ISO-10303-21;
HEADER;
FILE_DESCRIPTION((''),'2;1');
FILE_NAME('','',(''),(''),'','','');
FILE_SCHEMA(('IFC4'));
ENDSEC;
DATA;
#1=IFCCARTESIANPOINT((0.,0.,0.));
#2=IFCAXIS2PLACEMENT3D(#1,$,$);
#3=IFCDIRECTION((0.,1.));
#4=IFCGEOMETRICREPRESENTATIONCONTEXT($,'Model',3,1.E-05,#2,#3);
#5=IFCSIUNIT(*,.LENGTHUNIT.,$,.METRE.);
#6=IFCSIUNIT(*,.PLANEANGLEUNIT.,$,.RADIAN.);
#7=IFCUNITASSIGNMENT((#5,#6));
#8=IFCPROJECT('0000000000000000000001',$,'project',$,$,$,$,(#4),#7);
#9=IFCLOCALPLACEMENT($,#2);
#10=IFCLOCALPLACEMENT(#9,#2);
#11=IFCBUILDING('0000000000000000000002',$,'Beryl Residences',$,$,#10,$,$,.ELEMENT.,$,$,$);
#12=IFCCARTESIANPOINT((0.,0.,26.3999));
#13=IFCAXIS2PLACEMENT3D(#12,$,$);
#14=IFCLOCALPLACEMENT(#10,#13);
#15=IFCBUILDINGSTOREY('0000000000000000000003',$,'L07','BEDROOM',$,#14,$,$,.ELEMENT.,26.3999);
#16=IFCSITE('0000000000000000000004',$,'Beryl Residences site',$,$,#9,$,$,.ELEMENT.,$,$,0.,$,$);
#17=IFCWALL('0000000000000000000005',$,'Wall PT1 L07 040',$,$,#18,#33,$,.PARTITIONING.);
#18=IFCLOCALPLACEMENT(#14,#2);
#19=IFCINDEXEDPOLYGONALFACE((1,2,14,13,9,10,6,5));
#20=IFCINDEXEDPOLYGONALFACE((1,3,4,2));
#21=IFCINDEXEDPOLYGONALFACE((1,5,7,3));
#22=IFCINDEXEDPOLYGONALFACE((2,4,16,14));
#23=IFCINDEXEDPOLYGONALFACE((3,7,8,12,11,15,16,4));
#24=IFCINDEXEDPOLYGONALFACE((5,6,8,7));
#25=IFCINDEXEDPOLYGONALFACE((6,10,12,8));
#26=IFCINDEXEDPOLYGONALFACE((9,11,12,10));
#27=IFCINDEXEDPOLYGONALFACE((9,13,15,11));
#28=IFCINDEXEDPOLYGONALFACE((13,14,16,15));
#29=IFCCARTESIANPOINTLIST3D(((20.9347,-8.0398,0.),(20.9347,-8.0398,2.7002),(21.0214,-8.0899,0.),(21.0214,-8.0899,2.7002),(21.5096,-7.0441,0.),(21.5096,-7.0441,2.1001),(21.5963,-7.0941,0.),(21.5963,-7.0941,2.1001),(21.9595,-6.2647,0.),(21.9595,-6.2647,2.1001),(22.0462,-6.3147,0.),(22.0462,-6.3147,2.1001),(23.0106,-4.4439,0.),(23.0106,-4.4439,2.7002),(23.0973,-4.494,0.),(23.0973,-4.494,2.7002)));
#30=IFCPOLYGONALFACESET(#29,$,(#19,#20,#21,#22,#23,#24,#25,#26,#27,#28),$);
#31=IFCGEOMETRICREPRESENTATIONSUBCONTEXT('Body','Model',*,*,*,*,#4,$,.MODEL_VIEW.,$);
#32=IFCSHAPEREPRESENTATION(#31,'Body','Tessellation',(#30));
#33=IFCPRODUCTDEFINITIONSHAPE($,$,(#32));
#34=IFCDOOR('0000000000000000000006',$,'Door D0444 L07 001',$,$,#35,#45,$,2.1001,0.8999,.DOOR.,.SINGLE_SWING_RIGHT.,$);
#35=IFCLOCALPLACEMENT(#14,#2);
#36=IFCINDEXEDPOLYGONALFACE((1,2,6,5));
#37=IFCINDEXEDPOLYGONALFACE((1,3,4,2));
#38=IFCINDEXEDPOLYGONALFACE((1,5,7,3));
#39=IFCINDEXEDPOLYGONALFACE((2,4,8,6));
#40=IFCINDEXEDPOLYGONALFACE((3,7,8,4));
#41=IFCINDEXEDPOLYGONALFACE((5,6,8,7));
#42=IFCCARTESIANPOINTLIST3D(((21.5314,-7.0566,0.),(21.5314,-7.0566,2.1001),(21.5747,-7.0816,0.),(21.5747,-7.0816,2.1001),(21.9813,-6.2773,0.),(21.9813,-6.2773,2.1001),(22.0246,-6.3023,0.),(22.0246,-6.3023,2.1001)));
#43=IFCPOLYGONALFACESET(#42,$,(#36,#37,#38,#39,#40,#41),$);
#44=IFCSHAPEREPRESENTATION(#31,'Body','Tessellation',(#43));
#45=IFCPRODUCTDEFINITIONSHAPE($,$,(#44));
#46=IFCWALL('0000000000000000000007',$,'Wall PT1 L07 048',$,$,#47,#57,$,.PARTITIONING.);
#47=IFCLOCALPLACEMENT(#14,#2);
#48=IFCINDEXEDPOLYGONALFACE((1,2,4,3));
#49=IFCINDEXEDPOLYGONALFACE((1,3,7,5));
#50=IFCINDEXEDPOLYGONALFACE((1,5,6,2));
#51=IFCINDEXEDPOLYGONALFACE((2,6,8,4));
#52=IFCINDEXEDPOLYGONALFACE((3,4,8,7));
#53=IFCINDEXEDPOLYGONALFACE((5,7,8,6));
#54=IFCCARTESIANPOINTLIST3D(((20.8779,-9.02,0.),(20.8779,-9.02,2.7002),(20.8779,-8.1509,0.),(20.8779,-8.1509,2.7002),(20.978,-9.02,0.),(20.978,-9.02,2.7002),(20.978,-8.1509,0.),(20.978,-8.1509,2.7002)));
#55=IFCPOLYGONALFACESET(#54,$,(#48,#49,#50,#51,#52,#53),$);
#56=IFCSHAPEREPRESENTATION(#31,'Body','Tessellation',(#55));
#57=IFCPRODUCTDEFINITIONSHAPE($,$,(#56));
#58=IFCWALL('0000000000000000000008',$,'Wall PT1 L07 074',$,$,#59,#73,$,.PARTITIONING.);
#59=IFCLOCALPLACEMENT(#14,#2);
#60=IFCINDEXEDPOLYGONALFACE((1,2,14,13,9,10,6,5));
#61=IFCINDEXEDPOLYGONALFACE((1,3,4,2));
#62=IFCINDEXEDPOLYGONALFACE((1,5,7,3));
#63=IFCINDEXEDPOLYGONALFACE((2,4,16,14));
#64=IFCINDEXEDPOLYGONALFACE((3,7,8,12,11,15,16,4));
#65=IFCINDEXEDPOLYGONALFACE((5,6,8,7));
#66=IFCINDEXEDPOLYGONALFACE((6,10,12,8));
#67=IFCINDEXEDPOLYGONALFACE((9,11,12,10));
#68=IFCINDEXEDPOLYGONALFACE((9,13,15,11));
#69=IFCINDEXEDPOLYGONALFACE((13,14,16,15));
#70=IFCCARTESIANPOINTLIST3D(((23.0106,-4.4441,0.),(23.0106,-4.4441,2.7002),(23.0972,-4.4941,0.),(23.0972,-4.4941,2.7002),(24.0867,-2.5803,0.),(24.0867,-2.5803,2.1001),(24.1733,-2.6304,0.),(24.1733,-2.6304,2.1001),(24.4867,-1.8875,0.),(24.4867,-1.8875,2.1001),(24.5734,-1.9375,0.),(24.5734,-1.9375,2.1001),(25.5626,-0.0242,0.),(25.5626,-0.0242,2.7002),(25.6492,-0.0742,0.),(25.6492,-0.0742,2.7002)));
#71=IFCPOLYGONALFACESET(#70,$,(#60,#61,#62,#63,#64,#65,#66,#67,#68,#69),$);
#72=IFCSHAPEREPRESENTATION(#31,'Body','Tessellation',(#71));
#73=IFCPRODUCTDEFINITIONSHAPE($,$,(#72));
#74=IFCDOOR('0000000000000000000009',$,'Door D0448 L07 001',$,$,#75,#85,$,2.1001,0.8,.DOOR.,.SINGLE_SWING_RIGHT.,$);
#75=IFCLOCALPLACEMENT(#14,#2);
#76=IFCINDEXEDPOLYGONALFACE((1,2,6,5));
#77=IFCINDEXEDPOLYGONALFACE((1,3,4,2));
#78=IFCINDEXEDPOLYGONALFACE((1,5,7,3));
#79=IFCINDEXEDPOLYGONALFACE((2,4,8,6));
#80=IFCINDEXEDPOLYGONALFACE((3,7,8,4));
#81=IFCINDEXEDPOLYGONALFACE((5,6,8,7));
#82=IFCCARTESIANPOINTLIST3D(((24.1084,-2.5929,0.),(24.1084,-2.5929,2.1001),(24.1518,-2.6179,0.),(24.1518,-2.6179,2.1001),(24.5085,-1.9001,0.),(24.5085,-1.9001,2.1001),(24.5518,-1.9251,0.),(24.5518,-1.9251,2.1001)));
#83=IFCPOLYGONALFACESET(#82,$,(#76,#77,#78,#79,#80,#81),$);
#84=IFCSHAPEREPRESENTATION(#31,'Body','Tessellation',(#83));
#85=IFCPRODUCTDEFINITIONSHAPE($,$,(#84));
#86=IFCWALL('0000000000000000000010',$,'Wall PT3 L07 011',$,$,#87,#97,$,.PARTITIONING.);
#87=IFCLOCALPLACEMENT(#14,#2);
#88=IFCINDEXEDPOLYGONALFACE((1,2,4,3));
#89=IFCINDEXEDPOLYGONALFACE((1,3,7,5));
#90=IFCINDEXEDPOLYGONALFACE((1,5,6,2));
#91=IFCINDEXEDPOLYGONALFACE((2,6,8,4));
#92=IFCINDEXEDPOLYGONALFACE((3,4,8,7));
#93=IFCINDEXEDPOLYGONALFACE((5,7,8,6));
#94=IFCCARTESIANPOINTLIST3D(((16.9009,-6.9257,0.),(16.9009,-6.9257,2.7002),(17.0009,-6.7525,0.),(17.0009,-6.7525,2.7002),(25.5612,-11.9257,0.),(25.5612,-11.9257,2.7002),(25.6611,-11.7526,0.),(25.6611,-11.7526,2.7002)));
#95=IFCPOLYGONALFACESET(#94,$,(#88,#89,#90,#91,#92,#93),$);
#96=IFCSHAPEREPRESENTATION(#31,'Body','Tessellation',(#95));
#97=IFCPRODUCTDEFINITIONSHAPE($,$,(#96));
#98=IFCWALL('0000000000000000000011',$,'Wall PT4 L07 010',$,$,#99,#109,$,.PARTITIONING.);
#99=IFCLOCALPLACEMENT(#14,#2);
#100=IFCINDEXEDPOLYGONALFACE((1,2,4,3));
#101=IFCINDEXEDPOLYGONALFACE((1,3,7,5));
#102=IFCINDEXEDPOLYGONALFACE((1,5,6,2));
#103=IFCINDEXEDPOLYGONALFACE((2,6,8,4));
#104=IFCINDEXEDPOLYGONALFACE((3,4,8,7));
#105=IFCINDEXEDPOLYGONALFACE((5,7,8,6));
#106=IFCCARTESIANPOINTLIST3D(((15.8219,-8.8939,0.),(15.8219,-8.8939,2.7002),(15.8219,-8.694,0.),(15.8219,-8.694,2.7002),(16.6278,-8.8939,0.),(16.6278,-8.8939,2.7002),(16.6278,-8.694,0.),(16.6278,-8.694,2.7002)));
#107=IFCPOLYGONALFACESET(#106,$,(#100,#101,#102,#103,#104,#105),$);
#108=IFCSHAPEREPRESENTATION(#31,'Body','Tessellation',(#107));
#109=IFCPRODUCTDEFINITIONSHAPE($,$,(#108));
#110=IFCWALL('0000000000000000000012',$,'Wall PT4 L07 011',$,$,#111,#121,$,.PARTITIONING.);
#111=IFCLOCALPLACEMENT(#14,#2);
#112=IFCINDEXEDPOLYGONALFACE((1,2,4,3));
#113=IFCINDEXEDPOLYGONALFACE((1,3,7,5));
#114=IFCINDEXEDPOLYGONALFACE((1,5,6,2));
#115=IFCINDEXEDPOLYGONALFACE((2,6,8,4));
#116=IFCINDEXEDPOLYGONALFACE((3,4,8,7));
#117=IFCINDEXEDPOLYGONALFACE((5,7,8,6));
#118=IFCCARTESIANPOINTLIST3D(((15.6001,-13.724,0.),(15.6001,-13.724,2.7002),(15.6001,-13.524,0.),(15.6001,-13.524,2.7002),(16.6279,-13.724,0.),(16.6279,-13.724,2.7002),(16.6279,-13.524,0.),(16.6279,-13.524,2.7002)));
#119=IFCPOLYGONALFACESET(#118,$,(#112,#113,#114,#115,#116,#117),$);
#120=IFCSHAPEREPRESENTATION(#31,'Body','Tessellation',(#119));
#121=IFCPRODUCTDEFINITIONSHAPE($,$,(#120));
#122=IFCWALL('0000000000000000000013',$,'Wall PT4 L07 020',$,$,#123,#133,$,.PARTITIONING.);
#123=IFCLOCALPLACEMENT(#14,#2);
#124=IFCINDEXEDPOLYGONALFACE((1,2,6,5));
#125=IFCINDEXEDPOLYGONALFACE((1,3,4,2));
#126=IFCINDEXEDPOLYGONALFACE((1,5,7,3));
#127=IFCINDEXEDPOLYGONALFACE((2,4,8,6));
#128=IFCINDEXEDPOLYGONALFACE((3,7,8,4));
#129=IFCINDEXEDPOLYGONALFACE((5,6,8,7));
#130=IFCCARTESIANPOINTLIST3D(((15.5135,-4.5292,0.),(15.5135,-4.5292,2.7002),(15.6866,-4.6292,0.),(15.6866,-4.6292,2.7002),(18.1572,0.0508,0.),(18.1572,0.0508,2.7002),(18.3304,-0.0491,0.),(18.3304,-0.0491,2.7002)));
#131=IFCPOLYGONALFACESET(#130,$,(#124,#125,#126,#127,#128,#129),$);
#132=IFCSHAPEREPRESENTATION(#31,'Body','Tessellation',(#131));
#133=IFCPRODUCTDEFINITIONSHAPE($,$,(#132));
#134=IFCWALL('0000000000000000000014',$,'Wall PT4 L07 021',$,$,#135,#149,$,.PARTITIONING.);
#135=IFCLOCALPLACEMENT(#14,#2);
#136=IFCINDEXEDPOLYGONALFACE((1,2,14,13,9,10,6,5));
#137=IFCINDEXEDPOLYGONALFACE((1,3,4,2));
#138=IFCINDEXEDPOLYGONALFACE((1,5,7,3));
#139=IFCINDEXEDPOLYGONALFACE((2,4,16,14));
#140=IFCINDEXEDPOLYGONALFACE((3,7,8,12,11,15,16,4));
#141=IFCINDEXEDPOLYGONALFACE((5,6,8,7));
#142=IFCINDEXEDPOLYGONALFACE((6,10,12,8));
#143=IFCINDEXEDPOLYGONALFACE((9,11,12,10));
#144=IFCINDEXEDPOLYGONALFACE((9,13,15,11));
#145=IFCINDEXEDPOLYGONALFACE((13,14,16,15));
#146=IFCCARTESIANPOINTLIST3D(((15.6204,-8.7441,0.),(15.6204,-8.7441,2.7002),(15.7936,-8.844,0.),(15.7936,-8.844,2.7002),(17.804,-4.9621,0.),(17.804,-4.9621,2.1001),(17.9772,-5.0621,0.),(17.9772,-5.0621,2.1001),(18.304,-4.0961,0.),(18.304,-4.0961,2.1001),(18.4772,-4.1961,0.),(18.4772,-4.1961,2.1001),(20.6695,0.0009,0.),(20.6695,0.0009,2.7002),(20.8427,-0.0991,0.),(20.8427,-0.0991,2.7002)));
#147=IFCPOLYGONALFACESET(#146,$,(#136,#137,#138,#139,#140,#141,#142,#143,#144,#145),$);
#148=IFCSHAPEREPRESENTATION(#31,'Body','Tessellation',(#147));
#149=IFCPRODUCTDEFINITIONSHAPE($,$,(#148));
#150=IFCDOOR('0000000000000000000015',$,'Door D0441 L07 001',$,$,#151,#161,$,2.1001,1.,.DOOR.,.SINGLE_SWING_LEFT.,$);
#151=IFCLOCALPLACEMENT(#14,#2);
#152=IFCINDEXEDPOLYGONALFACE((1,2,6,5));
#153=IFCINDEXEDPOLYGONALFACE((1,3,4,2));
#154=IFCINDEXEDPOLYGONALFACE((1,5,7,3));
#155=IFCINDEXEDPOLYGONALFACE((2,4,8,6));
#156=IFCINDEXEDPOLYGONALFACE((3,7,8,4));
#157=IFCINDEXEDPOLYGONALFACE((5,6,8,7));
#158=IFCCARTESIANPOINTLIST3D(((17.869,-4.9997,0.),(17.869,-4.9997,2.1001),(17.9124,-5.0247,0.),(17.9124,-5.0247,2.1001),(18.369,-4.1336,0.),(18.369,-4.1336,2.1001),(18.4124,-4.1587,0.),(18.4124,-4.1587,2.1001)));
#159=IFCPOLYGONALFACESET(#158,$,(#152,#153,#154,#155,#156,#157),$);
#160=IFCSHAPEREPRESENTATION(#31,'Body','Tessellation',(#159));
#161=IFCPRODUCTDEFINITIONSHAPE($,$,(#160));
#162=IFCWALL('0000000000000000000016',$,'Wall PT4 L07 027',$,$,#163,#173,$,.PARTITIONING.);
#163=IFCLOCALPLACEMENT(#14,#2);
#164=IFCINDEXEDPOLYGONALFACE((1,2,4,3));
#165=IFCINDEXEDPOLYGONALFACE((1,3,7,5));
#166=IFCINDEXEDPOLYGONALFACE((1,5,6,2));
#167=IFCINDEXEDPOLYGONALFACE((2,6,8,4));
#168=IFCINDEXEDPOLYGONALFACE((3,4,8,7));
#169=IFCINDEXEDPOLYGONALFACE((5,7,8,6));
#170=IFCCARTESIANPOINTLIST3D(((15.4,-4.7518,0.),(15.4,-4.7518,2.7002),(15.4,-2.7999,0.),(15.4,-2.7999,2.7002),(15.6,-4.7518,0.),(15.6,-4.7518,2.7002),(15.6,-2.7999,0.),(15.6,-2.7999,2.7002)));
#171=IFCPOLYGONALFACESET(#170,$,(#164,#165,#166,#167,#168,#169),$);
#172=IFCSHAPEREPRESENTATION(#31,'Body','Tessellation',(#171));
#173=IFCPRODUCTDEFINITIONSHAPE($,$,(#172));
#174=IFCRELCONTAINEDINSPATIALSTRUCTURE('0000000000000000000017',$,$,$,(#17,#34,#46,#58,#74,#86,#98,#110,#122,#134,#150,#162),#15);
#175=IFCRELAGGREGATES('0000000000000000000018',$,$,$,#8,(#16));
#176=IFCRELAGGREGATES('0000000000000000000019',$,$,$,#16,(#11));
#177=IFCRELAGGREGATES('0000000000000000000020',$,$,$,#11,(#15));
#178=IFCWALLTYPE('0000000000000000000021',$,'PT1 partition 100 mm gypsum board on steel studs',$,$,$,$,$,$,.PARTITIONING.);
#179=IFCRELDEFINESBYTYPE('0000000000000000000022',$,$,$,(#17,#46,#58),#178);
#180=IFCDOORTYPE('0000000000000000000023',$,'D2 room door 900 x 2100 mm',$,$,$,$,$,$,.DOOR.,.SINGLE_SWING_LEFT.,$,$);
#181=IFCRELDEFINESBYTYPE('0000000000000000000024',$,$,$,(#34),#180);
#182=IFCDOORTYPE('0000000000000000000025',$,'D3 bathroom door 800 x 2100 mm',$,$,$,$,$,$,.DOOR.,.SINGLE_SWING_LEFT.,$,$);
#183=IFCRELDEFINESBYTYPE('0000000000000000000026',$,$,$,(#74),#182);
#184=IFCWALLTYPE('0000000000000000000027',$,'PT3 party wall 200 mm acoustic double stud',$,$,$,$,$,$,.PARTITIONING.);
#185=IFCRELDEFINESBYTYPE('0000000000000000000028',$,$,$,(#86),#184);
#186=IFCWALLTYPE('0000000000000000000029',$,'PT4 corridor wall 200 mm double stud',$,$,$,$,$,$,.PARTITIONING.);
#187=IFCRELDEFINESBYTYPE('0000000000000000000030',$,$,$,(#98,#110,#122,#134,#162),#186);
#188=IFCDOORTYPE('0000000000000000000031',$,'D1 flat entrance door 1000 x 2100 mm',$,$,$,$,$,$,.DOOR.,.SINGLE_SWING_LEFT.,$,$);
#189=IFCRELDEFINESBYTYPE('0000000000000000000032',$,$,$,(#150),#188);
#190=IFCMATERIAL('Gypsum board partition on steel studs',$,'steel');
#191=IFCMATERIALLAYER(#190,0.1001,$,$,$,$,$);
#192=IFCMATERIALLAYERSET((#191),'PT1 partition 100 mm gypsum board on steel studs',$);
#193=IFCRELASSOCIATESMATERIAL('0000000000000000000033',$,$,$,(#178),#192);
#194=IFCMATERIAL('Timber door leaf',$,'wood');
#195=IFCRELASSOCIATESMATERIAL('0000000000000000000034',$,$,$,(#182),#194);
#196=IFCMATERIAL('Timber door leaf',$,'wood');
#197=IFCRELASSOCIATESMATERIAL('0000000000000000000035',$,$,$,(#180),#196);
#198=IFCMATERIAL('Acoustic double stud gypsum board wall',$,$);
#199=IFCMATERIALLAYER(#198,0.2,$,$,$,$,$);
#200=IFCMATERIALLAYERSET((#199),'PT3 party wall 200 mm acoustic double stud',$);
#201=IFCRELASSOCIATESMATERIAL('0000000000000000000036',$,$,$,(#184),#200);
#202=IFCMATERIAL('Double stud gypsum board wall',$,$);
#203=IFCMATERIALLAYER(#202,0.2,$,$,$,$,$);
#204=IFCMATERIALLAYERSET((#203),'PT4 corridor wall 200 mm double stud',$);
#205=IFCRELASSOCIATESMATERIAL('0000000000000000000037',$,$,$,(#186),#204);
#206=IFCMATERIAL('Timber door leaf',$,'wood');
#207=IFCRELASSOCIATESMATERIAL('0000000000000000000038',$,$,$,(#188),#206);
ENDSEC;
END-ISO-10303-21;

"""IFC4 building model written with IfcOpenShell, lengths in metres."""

from ifc_helpers import new_model, si_unit, direction, frame, frame_2d, origin, place, context, subcontext, project, spatial, rectangle, extrude, material, layer, layer_set, type_object, element, fill, save


model = new_model("IFC4")

# Units and contexts
model_context = context("Model", 3, precision=1e-05, world=origin(), true_north=direction((0.0, 1.0)))
body_context = subcontext(model_context, "Body", "Model", "MODEL_VIEW")
ifc_project = project(units=[si_unit("LENGTHUNIT", "METRE"), si_unit("PLANEANGLEUNIT", "RADIAN")], contexts=[model_context])

# Site, building, storey
site_placement = place(None, origin())
site = spatial("IfcSite", under=ifc_project, at=site_placement, Name="Beryl Residences site", CompositionType="ELEMENT", RefElevation=0.0)
building_placement = place(site_placement, origin())
building = spatial("IfcBuilding", under=site, at=building_placement, Name="Beryl Residences", CompositionType="ELEMENT")
storey_placement = place(building_placement, frame((0.0, 0.0, 26.3999)))
storey = spatial("IfcBuildingStorey", under=building, at=storey_placement, Name="L07", Description="BEDROOM", CompositionType="ELEMENT", Elevation=26.3999)

# Shared definitions
ifc_material_1 = material(Name="Gypsum board partition on steel studs", Category="steel")
ifc_layer_1 = layer(ifc_material_1, 0.1001)
ifc_layer_set_1 = layer_set([ifc_layer_1], Name="PT1 partition 100 mm gypsum board on steel studs")
wall_type_1 = type_object("IfcWallType", Name="PT1 partition 100 mm gypsum board on steel studs", PredefinedType="PARTITIONING", material=ifc_layer_set_1)

# Wall, opening, door
ifc_material_2 = material(Name="Timber door leaf", Category="wood")
door_type_1 = type_object("IfcDoorType", Name="D3 bathroom door 800 x 2100 mm", OperationType="SINGLE_SWING_LEFT", PredefinedType="DOOR", material=ifc_material_2)
ifc_material_3 = material(Name="Timber door leaf", Category="wood")
door_type_2 = type_object("IfcDoorType", Name="D2 room door 900 x 2100 mm", OperationType="SINGLE_SWING_LEFT", PredefinedType="DOOR", material=ifc_material_3)
wall_1_placement = place(storey_placement, frame((20.978, -8.0649, 0.0), z_axis=(0.0, 0.0, 1.0), x_axis=(0.499965, 0.866046, 0.0)))
wall_1 = element("IfcWall", 1, at=wall_1_placement, inside=storey, type_object=wall_type_1, Name="Wall PT1 L07 040", PredefinedType="PARTITIONING", context=body_context, shape_type="SweptSolid", body=[
    extrude(rectangle(XDim=4.1521, YDim=0.1001, at=frame_2d((2.0762, 0.0))), origin(), (0.0, 0.0, 1.0), 2.7002),
])
opening_1_placement = place(wall_1_placement, frame((1.1499, 0.0, 0.0)))
opening_1 = element("IfcOpeningElement", 2, at=opening_1_placement, cuts=wall_1, PredefinedType="OPENING", context=body_context, shape_type="SweptSolid", body=[
    extrude(rectangle(XDim=0.8999, YDim=2.1001, at=frame_2d((0.45, 1.05))), frame((0.0, 0.0601, 0.0), z_axis=(0.0, -1.0, 0.0), x_axis=(1.0, 0.0, 0.0)), (0.0, 0.0, 1.0), 0.1201),
])
door_1_placement = place(opening_1_placement, origin())
door_1 = element("IfcDoor", 3, at=door_1_placement, inside=storey, type_object=door_type_2, Name="Door D0444 L07 001", OperationType="SINGLE_SWING_RIGHT", OverallHeight=2.1001, OverallWidth=0.8999, PredefinedType="DOOR", context=body_context, shape_type="SweptSolid", body=[
    extrude(rectangle(XDim=0.8999, YDim=2.1001, at=frame_2d((0.45, 1.05))), frame((0.0, 0.0249, 0.0), z_axis=(0.0, -1.0, 0.0), x_axis=(1.0, 0.0, 0.0)), (0.0, 0.0, 1.0), 0.05),
])
fill(opening_1, door_1)

# Wall
wall_2_placement = place(storey_placement, frame((20.928, -9.02, 0.0), z_axis=(0.0, 0.0, 1.0), x_axis=(0.0, 1.0, 0.0)))
element("IfcWall", 4, at=wall_2_placement, inside=storey, type_object=wall_type_1, Name="Wall PT1 L07 048", PredefinedType="PARTITIONING", context=body_context, shape_type="SweptSolid", body=[
    extrude(rectangle(XDim=0.8691, YDim=0.1001, at=frame_2d((0.4346, 0.0))), origin(), (0.0, 0.0, 1.0), 2.7002),
])

# Wall, opening, door
wall_3_placement = place(storey_placement, frame((23.054, -4.469, 0.0), z_axis=(0.0, 0.0, 1.0), x_axis=(0.500023, 0.866012, 0.0)))
wall_3 = element("IfcWall", 5, at=wall_3_placement, inside=storey, type_object=wall_type_1, Name="Wall PT1 L07 074", PredefinedType="PARTITIONING", context=body_context, shape_type="SweptSolid", body=[
    extrude(rectangle(XDim=5.1038, YDim=0.1001, at=frame_2d((2.5518, 0.0))), origin(), (0.0, 0.0, 1.0), 2.7002),
])
opening_2_placement = place(wall_3_placement, frame((2.1521, 0.0, 0.0)))
opening_2 = element("IfcOpeningElement", 6, at=opening_2_placement, cuts=wall_3, PredefinedType="OPENING", context=body_context, shape_type="SweptSolid", body=[
    extrude(rectangle(XDim=0.8, YDim=2.1001, at=frame_2d((0.3999, 1.05))), frame((0.0, 0.0601, 0.0), z_axis=(0.0, -1.0, 0.0), x_axis=(1.0, 0.0, 0.0)), (0.0, 0.0, 1.0), 0.1201),
])
door_2_placement = place(opening_2_placement, origin())
door_2 = element("IfcDoor", 7, at=door_2_placement, inside=storey, type_object=door_type_1, Name="Door D0448 L07 001", OperationType="SINGLE_SWING_RIGHT", OverallHeight=2.1001, OverallWidth=0.8, PredefinedType="DOOR", context=body_context, shape_type="SweptSolid", body=[
    extrude(rectangle(XDim=0.8, YDim=2.1001, at=frame_2d((0.3999, 1.05))), frame((0.0, 0.0249, 0.0), z_axis=(0.0, -1.0, 0.0), x_axis=(1.0, 0.0, 0.0)), (0.0, 0.0, 1.0), 0.05),
])
fill(opening_2, door_2)

# Walls
ifc_material_4 = material(Name="Acoustic double stud gypsum board wall")
ifc_layer_2 = layer(ifc_material_4, 0.2)
ifc_layer_set_2 = layer_set([ifc_layer_2], Name="PT3 party wall 200 mm acoustic double stud")
wall_type_2 = type_object("IfcWallType", Name="PT3 party wall 200 mm acoustic double stud", PredefinedType="PARTITIONING", material=ifc_layer_set_2)
wall_4_placement = place(storey_placement, frame((16.9509, -6.8391, 0.0), z_axis=(0.0, 0.0, 1.0), x_axis=(0.866023, -0.500004, 0.0)))
element("IfcWall", 8, at=wall_4_placement, inside=storey, type_object=wall_type_2, Name="Wall PT3 L07 011", PredefinedType="PARTITIONING", context=body_context, shape_type="SweptSolid", body=[
    extrude(rectangle(XDim=10.0, YDim=0.2, at=frame_2d((5.0, 0.0))), origin(), (0.0, 0.0, 1.0), 2.7002),
])
ifc_material_5 = material(Name="Double stud gypsum board wall")
ifc_layer_3 = layer(ifc_material_5, 0.2)
ifc_layer_set_3 = layer_set([ifc_layer_3], Name="PT4 corridor wall 200 mm double stud")
wall_type_3 = type_object("IfcWallType", Name="PT4 corridor wall 200 mm double stud", PredefinedType="PARTITIONING", material=ifc_layer_set_3)
wall_5_placement = place(storey_placement, frame((15.822, -8.7939, 0.0), z_axis=(0.0, 0.0, 1.0), x_axis=(1.0, 0.0, 0.0)))
element("IfcWall", 9, at=wall_5_placement, inside=storey, type_object=wall_type_3, Name="Wall PT4 L07 010", PredefinedType="PARTITIONING", context=body_context, shape_type="SweptSolid", body=[
    extrude(rectangle(XDim=0.8059, YDim=0.2, at=frame_2d((0.4028, 0.0))), origin(), (0.0, 0.0, 1.0), 2.7002),
])
wall_6_placement = place(storey_placement, frame((15.6001, -13.624, 0.0), z_axis=(0.0, 0.0, 1.0), x_axis=(1.0, 0.0, 0.0)))
element("IfcWall", 10, at=wall_6_placement, inside=storey, type_object=wall_type_3, Name="Wall PT4 L07 011", PredefinedType="PARTITIONING", context=body_context, shape_type="SweptSolid", body=[
    extrude(rectangle(XDim=1.0278, YDim=0.2, at=frame_2d((0.5139, 0.0))), origin(), (0.0, 0.0, 1.0), 2.7002),
])
wall_7_placement = place(storey_placement, frame((15.6001, -4.5791, 0.0), z_axis=(0.0, 0.0, 1.0), x_axis=(0.499928, 0.866067, 0.0)))
element("IfcWall", 11, at=wall_7_placement, inside=storey, type_object=wall_type_3, Name="Wall PT4 L07 020", PredefinedType="PARTITIONING", context=body_context, shape_type="SweptSolid", body=[
    extrude(rectangle(XDim=5.2883, YDim=0.2, at=frame_2d((2.644, 0.0))), origin(), (0.0, 0.0, 1.0), 2.7002),
])

# Wall, opening, door
wall_8_placement = place(storey_placement, frame((15.707, -8.7939, 0.0), z_axis=(0.0, 0.0, 1.0), x_axis=(0.500016, 0.866016, 0.0)))
wall_8 = element("IfcWall", 12, at=wall_8_placement, inside=storey, type_object=wall_type_3, Name="Wall PT4 L07 021", PredefinedType="PARTITIONING", context=body_context, shape_type="SweptSolid", body=[
    extrude(rectangle(XDim=10.0979, YDim=0.2, at=frame_2d((5.0488, 0.0))), origin(), (0.0, 0.0, 1.0), 2.7002),
])
opening_3_placement = place(wall_8_placement, frame((4.3669, 0.0, 0.0)))
opening_3 = element("IfcOpeningElement", 13, at=opening_3_placement, cuts=wall_8, PredefinedType="OPENING", context=body_context, shape_type="SweptSolid", body=[
    extrude(rectangle(XDim=1.0, YDim=2.1001, at=frame_2d((0.5, 1.05))), frame((0.0, 0.1099, 0.0), z_axis=(0.0, -1.0, 0.0), x_axis=(1.0, 0.0, 0.0)), (0.0, 0.0, 1.0), 0.22),
])
ifc_material_6 = material(Name="Timber door leaf", Category="wood")
door_type_3 = type_object("IfcDoorType", Name="D1 flat entrance door 1000 x 2100 mm", OperationType="SINGLE_SWING_LEFT", PredefinedType="DOOR", material=ifc_material_6)
door_3_placement = place(opening_3_placement, origin())
door_3 = element("IfcDoor", 14, at=door_3_placement, inside=storey, type_object=door_type_3, Name="Door D0441 L07 001", OperationType="SINGLE_SWING_LEFT", OverallHeight=2.1001, OverallWidth=1.0, PredefinedType="DOOR", context=body_context, shape_type="SweptSolid", body=[
    extrude(rectangle(XDim=1.0, YDim=2.1001, at=frame_2d((0.5, 1.05))), frame((0.0, 0.0249, 0.0), z_axis=(0.0, -1.0, 0.0), x_axis=(1.0, 0.0, 0.0)), (0.0, 0.0, 1.0), 0.05),
])
fill(opening_3, door_3)

# Wall
wall_9_placement = place(storey_placement, frame((15.5, -4.752, 0.0), z_axis=(0.0, 0.0, 1.0), x_axis=(0.0, 1.0, 0.0)))
element("IfcWall", 15, at=wall_9_placement, inside=storey, type_object=wall_type_3, Name="Wall PT4 L07 027", PredefinedType="PARTITIONING", context=body_context, shape_type="SweptSolid", body=[
    extrude(rectangle(XDim=1.9519, YDim=0.2, at=frame_2d((0.9761, 0.0))), origin(), (0.0, 0.0, 1.0), 2.7002),
])

save(model, "model.ifc")
